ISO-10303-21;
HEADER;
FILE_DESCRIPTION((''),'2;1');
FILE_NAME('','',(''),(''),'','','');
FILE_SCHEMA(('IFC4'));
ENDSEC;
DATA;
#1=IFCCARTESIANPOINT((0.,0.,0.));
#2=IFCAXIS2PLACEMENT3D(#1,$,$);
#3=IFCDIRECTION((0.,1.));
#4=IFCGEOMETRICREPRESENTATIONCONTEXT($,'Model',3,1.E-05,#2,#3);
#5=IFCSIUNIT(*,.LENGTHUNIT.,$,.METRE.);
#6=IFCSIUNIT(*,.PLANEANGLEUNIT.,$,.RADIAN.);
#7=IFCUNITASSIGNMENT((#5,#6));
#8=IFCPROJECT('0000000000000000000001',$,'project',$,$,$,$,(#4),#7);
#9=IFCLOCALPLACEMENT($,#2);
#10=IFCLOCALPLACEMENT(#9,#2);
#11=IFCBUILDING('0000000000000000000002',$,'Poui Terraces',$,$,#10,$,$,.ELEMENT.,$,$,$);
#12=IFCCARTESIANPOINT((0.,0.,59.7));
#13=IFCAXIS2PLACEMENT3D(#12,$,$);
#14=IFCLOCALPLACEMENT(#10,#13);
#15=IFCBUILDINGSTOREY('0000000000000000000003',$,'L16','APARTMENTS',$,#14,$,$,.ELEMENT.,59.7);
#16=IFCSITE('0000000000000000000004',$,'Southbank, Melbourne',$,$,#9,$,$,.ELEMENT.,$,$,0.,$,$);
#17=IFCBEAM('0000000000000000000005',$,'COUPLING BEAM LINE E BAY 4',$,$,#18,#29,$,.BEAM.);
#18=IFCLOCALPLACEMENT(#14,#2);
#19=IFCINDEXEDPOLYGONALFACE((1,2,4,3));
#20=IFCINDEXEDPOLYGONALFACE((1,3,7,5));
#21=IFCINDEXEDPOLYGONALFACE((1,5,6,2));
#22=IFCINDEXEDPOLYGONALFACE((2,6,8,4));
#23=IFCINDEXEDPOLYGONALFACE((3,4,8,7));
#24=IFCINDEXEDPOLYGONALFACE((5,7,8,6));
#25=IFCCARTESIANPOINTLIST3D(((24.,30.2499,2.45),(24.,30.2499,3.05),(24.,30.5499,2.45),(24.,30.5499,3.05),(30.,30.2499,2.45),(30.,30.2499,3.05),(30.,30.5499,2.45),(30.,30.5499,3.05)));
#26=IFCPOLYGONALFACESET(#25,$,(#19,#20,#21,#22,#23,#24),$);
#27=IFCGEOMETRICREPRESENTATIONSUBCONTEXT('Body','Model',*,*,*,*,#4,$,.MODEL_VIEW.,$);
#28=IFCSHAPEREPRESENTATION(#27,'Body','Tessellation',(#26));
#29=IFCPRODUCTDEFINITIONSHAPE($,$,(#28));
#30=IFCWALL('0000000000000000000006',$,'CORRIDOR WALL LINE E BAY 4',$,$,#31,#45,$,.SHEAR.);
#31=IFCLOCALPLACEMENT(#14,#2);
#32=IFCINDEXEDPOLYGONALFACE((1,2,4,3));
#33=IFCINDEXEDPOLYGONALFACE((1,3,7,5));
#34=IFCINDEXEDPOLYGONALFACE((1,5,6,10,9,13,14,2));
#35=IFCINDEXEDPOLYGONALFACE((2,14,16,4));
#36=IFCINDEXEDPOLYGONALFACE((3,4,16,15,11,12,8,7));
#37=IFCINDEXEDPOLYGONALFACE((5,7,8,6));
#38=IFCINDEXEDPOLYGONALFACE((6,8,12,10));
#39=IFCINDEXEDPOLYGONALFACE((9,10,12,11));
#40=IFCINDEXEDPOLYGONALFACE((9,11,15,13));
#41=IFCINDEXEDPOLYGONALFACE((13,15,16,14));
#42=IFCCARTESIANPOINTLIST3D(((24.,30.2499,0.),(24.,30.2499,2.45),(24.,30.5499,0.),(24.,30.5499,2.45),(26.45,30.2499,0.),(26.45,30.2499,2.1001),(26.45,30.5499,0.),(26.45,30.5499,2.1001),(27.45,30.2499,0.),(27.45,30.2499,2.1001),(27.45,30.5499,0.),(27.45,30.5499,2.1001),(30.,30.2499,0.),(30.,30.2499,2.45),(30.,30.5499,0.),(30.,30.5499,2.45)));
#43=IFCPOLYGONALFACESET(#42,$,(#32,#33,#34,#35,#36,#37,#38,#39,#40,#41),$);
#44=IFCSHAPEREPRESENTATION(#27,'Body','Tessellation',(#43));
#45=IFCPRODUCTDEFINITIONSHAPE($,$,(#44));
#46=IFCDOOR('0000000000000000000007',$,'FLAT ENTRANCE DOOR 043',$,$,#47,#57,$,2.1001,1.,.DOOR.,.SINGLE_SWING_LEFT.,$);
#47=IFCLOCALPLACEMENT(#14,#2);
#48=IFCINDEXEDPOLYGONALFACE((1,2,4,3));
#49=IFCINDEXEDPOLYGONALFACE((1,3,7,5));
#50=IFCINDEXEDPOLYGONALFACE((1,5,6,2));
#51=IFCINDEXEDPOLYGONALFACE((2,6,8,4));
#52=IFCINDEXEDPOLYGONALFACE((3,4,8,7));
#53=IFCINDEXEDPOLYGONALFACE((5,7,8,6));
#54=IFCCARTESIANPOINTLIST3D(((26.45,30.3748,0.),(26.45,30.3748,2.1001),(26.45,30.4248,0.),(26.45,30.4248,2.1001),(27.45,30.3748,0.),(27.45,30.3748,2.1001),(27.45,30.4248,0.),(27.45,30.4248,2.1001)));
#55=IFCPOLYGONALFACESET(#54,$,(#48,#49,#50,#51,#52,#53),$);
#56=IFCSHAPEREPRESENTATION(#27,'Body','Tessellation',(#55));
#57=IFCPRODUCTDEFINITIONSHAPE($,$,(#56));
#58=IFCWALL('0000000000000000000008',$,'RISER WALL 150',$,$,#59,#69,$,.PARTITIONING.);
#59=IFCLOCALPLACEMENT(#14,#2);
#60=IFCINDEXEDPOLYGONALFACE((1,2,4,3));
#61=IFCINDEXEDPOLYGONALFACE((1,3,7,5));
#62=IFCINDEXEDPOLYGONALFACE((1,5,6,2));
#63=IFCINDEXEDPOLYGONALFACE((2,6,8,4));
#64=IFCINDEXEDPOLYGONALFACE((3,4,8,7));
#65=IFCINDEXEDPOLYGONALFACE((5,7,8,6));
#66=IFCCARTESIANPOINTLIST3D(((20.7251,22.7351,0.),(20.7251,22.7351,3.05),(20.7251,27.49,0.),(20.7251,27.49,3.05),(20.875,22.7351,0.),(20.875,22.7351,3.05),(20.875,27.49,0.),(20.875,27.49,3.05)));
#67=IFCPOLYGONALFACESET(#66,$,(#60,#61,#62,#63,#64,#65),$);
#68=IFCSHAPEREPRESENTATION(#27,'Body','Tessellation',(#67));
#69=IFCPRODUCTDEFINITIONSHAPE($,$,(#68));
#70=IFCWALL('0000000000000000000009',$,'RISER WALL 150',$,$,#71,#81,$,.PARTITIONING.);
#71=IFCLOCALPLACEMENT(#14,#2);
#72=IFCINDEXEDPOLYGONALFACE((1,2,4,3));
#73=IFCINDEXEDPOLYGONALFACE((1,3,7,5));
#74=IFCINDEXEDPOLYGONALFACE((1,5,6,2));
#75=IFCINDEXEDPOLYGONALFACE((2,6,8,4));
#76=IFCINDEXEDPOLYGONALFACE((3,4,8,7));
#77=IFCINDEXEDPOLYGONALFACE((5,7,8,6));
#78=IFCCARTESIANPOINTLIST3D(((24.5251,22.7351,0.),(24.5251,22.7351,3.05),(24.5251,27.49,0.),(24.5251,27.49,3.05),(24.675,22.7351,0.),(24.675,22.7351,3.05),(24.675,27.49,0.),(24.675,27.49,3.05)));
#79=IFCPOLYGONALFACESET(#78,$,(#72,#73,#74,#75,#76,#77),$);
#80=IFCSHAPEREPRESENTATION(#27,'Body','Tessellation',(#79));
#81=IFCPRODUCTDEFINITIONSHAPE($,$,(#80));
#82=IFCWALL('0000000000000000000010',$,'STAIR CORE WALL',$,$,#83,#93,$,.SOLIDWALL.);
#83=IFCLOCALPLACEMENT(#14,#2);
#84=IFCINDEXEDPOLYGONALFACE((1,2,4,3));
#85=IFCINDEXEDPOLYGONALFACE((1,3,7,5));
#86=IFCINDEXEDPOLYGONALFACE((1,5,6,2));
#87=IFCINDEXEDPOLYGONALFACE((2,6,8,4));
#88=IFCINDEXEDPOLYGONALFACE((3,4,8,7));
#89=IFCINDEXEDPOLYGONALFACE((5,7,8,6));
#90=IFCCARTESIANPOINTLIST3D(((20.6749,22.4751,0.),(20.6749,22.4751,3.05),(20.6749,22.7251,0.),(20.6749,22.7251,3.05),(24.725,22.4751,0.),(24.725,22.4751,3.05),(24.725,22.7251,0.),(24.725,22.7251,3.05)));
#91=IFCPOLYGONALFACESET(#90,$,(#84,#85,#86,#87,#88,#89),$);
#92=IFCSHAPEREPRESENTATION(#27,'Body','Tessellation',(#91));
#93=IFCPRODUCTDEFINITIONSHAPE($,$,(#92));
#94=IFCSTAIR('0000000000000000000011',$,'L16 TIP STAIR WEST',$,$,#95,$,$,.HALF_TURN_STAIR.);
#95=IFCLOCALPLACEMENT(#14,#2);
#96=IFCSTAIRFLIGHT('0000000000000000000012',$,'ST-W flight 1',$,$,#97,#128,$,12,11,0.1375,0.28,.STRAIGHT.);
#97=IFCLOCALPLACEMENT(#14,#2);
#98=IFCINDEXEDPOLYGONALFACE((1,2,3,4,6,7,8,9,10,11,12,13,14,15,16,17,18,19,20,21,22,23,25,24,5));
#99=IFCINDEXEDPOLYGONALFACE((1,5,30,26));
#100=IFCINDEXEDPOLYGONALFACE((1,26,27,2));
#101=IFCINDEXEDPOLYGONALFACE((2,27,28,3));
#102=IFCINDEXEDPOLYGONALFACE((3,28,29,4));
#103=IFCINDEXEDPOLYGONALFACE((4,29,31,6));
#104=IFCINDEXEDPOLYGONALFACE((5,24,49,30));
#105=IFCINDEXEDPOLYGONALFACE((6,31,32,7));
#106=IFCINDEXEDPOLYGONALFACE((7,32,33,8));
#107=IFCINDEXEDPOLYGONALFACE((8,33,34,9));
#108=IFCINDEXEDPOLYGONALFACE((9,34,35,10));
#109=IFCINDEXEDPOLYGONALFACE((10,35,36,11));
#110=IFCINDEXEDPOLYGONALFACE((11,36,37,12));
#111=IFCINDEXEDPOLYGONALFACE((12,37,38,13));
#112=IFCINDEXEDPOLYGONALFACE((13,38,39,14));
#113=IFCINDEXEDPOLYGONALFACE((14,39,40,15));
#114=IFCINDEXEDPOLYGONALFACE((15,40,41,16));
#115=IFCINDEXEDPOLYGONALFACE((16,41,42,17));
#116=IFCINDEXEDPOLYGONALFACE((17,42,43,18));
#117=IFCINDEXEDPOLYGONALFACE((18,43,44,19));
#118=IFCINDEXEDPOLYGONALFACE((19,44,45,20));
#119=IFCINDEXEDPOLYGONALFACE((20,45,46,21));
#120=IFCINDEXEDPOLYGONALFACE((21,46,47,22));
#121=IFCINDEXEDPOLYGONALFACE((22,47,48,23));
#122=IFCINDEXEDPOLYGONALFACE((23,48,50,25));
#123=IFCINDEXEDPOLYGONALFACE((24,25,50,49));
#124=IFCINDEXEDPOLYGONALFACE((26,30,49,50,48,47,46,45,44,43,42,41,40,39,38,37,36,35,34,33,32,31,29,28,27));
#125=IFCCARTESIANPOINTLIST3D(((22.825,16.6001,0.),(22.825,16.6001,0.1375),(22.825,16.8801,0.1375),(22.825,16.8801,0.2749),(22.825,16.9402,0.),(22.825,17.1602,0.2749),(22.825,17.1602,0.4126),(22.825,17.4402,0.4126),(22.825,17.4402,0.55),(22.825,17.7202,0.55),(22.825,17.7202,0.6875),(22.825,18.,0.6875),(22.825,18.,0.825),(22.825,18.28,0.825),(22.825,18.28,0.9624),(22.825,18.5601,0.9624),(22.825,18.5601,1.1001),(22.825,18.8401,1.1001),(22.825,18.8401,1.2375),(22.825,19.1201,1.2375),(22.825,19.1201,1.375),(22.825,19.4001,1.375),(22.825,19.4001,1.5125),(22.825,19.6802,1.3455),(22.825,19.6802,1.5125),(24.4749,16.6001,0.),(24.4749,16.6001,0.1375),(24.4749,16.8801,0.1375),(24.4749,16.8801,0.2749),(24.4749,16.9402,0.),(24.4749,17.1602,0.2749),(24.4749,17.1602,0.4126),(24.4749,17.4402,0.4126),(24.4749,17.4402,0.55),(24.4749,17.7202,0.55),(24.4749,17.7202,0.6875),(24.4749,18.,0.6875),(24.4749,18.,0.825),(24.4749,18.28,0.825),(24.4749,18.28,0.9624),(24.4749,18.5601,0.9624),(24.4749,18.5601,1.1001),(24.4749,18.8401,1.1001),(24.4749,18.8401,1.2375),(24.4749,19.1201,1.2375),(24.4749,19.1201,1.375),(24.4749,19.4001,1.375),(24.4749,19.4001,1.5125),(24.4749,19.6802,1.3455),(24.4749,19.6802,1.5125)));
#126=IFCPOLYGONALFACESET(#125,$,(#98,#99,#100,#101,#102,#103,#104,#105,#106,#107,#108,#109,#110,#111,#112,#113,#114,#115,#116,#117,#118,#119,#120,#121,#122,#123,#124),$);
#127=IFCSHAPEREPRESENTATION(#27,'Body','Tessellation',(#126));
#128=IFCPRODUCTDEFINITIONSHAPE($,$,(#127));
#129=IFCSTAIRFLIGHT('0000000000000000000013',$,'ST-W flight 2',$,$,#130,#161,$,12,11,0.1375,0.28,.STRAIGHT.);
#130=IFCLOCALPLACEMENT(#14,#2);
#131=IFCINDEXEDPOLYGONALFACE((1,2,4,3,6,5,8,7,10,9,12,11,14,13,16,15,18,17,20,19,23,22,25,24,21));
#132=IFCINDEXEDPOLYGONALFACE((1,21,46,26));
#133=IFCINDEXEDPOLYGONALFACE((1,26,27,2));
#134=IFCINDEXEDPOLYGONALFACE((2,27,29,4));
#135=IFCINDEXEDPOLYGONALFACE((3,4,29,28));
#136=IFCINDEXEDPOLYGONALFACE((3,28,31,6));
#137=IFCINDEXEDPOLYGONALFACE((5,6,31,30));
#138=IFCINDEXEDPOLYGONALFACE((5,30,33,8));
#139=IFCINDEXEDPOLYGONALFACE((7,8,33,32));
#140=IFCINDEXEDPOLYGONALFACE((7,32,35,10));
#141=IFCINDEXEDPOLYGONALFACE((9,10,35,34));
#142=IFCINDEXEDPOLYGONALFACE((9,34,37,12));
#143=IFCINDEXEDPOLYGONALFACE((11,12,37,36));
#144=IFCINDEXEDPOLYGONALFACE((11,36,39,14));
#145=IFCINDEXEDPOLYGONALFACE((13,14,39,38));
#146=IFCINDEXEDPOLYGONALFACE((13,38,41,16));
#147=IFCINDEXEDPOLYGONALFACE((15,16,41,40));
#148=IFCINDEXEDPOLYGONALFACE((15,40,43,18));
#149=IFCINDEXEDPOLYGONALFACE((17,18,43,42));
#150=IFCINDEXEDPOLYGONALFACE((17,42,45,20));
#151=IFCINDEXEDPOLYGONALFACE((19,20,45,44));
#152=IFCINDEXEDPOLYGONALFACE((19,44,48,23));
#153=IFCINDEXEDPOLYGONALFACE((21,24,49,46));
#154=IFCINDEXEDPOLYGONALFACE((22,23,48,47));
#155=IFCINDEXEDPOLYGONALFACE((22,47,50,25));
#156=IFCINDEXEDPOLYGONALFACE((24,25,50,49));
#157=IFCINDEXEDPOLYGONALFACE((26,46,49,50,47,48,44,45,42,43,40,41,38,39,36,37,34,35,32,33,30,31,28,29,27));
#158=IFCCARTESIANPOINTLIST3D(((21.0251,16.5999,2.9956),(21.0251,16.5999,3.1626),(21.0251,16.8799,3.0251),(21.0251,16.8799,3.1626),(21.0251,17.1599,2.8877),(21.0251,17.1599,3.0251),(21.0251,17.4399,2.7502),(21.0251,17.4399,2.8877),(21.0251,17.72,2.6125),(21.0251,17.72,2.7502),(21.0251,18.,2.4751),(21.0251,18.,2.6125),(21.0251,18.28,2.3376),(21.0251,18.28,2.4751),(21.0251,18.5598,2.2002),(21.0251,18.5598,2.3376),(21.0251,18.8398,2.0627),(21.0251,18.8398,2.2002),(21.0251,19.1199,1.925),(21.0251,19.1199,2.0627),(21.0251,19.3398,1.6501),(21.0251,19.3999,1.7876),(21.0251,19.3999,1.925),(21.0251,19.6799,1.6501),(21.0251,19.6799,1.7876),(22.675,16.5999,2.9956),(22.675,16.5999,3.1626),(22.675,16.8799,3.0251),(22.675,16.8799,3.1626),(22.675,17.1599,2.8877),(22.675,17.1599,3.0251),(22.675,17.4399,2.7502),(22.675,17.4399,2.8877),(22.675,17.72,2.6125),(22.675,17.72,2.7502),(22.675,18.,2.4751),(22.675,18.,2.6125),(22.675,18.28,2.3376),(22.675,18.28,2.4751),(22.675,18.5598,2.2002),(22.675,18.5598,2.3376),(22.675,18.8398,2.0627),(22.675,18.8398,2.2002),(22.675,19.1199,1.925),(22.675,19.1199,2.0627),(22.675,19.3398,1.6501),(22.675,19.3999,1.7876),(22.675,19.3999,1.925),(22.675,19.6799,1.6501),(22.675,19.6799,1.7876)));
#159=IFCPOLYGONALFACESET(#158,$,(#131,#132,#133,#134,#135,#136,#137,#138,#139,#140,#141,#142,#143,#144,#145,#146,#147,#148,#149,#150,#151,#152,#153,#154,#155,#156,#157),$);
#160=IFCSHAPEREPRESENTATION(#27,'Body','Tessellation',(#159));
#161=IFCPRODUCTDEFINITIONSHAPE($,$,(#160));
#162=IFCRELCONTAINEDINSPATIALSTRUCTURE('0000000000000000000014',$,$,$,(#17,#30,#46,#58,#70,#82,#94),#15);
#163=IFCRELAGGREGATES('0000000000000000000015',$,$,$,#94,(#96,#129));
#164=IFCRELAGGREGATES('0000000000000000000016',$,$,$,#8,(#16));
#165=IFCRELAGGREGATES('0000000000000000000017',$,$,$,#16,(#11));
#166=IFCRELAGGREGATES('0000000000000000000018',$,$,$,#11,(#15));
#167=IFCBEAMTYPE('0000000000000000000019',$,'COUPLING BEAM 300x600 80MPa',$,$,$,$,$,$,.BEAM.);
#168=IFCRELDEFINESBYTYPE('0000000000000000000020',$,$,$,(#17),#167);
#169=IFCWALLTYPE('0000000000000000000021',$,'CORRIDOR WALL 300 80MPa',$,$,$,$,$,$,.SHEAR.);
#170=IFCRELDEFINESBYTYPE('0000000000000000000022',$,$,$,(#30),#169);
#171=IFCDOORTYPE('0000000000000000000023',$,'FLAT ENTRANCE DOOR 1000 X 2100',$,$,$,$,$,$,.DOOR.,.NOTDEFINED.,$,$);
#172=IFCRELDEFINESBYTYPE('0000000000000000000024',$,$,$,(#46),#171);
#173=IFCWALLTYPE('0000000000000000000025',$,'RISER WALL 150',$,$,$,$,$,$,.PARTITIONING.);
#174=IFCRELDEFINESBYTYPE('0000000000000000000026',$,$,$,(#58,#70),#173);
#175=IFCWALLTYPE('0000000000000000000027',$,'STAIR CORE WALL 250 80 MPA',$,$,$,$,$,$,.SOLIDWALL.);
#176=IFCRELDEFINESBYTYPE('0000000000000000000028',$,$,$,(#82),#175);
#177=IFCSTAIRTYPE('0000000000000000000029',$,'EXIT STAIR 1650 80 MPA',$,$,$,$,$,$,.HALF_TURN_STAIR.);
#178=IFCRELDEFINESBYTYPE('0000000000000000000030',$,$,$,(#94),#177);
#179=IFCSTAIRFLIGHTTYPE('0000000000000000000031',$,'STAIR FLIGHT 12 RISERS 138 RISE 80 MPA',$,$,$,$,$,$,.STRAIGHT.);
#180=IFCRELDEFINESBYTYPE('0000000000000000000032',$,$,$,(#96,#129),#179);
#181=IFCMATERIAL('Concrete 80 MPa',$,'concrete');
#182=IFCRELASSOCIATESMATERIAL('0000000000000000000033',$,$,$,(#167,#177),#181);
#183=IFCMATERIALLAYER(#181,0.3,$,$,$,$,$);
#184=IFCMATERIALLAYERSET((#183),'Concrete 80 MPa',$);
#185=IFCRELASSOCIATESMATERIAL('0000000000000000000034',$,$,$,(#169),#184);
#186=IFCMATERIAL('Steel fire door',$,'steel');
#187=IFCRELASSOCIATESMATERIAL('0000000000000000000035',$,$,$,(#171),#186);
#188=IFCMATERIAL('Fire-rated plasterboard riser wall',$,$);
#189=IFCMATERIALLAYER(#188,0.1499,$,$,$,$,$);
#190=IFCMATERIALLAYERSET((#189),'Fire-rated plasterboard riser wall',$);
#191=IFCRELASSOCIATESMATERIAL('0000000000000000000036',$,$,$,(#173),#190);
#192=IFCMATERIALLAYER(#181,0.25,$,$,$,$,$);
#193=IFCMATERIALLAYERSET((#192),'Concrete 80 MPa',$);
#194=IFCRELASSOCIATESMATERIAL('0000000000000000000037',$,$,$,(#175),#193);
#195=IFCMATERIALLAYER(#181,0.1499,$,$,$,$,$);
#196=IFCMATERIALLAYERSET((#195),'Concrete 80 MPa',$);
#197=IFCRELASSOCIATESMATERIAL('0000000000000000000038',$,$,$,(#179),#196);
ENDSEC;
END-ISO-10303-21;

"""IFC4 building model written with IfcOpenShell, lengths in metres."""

from ifc_helpers import new_model, si_unit, direction, frame, frame_2d, origin, origin_2d, place, context, subcontext, project, spatial, polyline, rectangle, outline, extrude, source, transform, mapped, material, layer, layer_set, material_profile, profile_set, type_object, element, fill, aggregate, save


model = new_model("IFC4")

# Units and contexts
model_context = context("Model", 3, precision=1e-05, world=origin(), true_north=direction((0.0, 1.0)))
body_context = subcontext(model_context, "Body", "Model", "MODEL_VIEW")
ifc_project = project(units=[si_unit("LENGTHUNIT", "METRE"), si_unit("PLANEANGLEUNIT", "RADIAN")], contexts=[model_context])

# Site, building, storey
site_placement = place(None, origin())
site = spatial("IfcSite", under=ifc_project, at=site_placement, Name="Southbank, Melbourne", CompositionType="ELEMENT", RefElevation=0.0)
building_placement = place(site_placement, origin())
building = spatial("IfcBuilding", under=site, at=building_placement, Name="Poui Terraces", CompositionType="ELEMENT")
storey_placement = place(building_placement, frame((0.0, 0.0, 59.7)))
storey = spatial("IfcBuildingStorey", under=building, at=storey_placement, Name="L16", Description="APARTMENTS", CompositionType="ELEMENT", Elevation=59.7)

# Beam
ifc_material_1 = material(Name="Concrete 80 MPa", Category="concrete")
ifc_material_profile = material_profile(ifc_material_1, rectangle(XDim=0.3, YDim=0.6001, at=origin_2d()), Name="RC 300x600")
ifc_profile_set = profile_set([ifc_material_profile], Name="Concrete 80 MPa")
beam_type = type_object("IfcBeamType", Name="COUPLING BEAM 300x600 80MPa", PredefinedType="BEAM", material=ifc_profile_set)
shared_shape = source(origin(), body_context, "Body", "SweptSolid", [
    extrude(rectangle(XDim=0.3, YDim=0.6001, at=origin_2d()), origin(), (0.0, 0.0, 1.0), 6.0),
])
beam_placement = place(storey_placement, frame((24.0, 30.3999, 2.75), z_axis=(1.0, 0.0, 0.0), x_axis=(0.0, 1.0, 0.0)))
element("IfcBeam", 1, at=beam_placement, inside=storey, type_object=beam_type, Name="COUPLING BEAM LINE E BAY 4", PredefinedType="BEAM", context=body_context, shape_type="MappedRepresentation", body=[
    mapped(shared_shape, transform((0.0, 0.0, 0.0))),
])

# Wall, opening, door
ifc_layer_1 = layer(ifc_material_1, 0.3)
ifc_layer_set_1 = layer_set([ifc_layer_1], Name="Concrete 80 MPa")
wall_type_1 = type_object("IfcWallType", Name="CORRIDOR WALL 300 80MPa", PredefinedType="SHEAR", material=ifc_layer_set_1)
wall_1_placement = place(storey_placement, frame((24.0, 30.3999, 0.0), z_axis=(0.0, 0.0, 1.0), x_axis=(1.0, 0.0, 0.0)))
wall_1 = element("IfcWall", 2, at=wall_1_placement, inside=storey, type_object=wall_type_1, Name="CORRIDOR WALL LINE E BAY 4", PredefinedType="SHEAR", context=body_context, shape_type="SweptSolid", body=[
    extrude(rectangle(XDim=6.0, YDim=0.3, at=frame_2d((3.0, 0.0))), origin(), (0.0, 0.0, 1.0), 2.45),
])
opening_placement = place(wall_1_placement, frame((2.45, 0.0, 0.0)))
opening = element("IfcOpeningElement", 3, at=opening_placement, cuts=wall_1, PredefinedType="OPENING", context=body_context, shape_type="SweptSolid", body=[
    extrude(rectangle(XDim=1.0, YDim=2.1001, at=frame_2d((0.5, 1.05))), frame((0.0, 0.1602, 0.0), z_axis=(0.0, -1.0, 0.0), x_axis=(1.0, 0.0, 0.0)), (0.0, 0.0, 1.0), 0.3201),
])
ifc_material_2 = material(Name="Steel fire door", Category="steel")
door_type = type_object("IfcDoorType", Name="FLAT ENTRANCE DOOR 1000 X 2100", OperationType="NOTDEFINED", PredefinedType="DOOR", material=ifc_material_2)
door_placement = place(opening_placement, origin())
door = element("IfcDoor", 4, at=door_placement, inside=storey, type_object=door_type, Name="FLAT ENTRANCE DOOR 043", OperationType="SINGLE_SWING_LEFT", OverallHeight=2.1001, OverallWidth=1.0, PredefinedType="DOOR", context=body_context, shape_type="SweptSolid", body=[
    extrude(rectangle(XDim=1.0, YDim=2.1001, at=frame_2d((0.5, 1.05))), frame((0.0, 0.0249, 0.0), z_axis=(0.0, -1.0, 0.0), x_axis=(1.0, 0.0, 0.0)), (0.0, 0.0, 1.0), 0.05),
])
fill(opening, door)

# Walls
ifc_material_3 = material(Name="Fire-rated plasterboard riser wall")
ifc_layer_2 = layer(ifc_material_3, 0.1499)
ifc_layer_set_2 = layer_set([ifc_layer_2], Name="Fire-rated plasterboard riser wall")
wall_type_2 = type_object("IfcWallType", Name="RISER WALL 150", PredefinedType="PARTITIONING", material=ifc_layer_set_2)
for number, where, z_axis, x_axis, name in (
    (5, (20.8, 22.7351, 0.0), (0.0, 0.0, 1.0), (0.0, 1.0, 0.0), "RISER WALL 150"),
    (6, (24.6001, 22.7351, 0.0), (0.0, 0.0, 1.0), (0.0, 1.0, 0.0), "RISER WALL 150"),
):
    element("IfcWall", number, at=place(storey_placement, frame(where, z_axis=z_axis, x_axis=x_axis)), inside=storey, type_object=wall_type_2, Name=name, PredefinedType="PARTITIONING", context=body_context, shape_type="SweptSolid", body=[
        extrude(rectangle(XDim=4.7549, YDim=0.1499, at=frame_2d((2.3774, 0.0))), origin(), (0.0, 0.0, 1.0), 3.05),
    ])
ifc_layer_3 = layer(ifc_material_1, 0.25)
ifc_layer_set_3 = layer_set([ifc_layer_3], Name="Concrete 80 MPa")
wall_type_3 = type_object("IfcWallType", Name="STAIR CORE WALL 250 80 MPA", PredefinedType="SOLIDWALL", material=ifc_layer_set_3)
wall_2_placement = place(storey_placement, frame((20.675, 22.6001, 0.0), z_axis=(0.0, 0.0, 1.0), x_axis=(1.0, 0.0, 0.0)))
element("IfcWall", 7, at=wall_2_placement, inside=storey, type_object=wall_type_3, Name="STAIR CORE WALL", PredefinedType="SOLIDWALL", context=body_context, shape_type="SweptSolid", body=[
    extrude(rectangle(XDim=4.05, YDim=0.25, at=frame_2d((2.0249, 0.0))), origin(), (0.0, 0.0, 1.0), 3.05),
])

# Stair, stair flights
stair_type = type_object("IfcStairType", Name="EXIT STAIR 1650 80 MPA", PredefinedType="HALF_TURN_STAIR", material=ifc_material_1)
stair_placement = place(storey_placement, origin())
stair = element("IfcStair", 8, at=stair_placement, inside=storey, type_object=stair_type, Name="L16 TIP STAIR WEST", PredefinedType="HALF_TURN_STAIR")
ifc_layer_4 = layer(ifc_material_1, 0.1499)
ifc_layer_set_4 = layer_set([ifc_layer_4], Name="Concrete 80 MPa")
stair_flight_type = type_object("IfcStairFlightType", Name="STAIR FLIGHT 12 RISERS 138 RISE 80 MPA", PredefinedType="STRAIGHT", material=ifc_layer_set_4)
stair_flight_1_placement = place(storey_placement, frame((23.6499, 16.6001, 0.0), z_axis=(0.0, 0.0, 1.0), x_axis=(0.0, 1.0, 0.0)))
stair_flight_1 = element("IfcStairFlight", 9, at=stair_flight_1_placement, type_object=stair_flight_type, Name="ST-W flight 1", NumberOfRisers=12, NumberOfTreads=11, PredefinedType="STRAIGHT", RiserHeight=0.1375, TreadLength=0.28, context=body_context, shape_type="SweptSolid", body=[
    extrude(outline(polyline([(0.0, 0.0), (0.0, 0.1375), (0.28, 0.1375), (0.28, 0.2749), (0.5601, 0.2749), (0.5601, 0.4126), (0.8401, 0.4126), (0.8401, 0.55), (1.1201, 0.55), (1.1201, 0.6875), (1.3999, 0.6875), (1.3999, 0.825), (1.6799, 0.825), (1.6799, 0.9624), (1.96, 0.9624), (1.96, 1.1001), (2.24, 1.1001), (2.24, 1.2375), (2.52, 1.2375), (2.52, 1.375), (2.8, 1.375), (2.8, 1.5125), (3.0801, 1.5125), (3.0801, 1.6499), (3.0801, 1.3455), (0.3401, 0.0), (0.0, 0.0)])), frame((0.0, 0.825, 0.0), z_axis=(0.0, -1.0, 0.0), x_axis=(1.0, 0.0, 0.0)), (0.0, 0.0, 1.0), 1.6499),
])
stair_flight_2_placement = place(storey_placement, frame((21.8501, 19.6799, 1.6501), z_axis=(0.0, 0.0, 1.0), x_axis=(0.0, -1.0, 0.0)))
stair_flight_2 = element("IfcStairFlight", 10, at=stair_flight_2_placement, type_object=stair_flight_type, Name="ST-W flight 2", NumberOfRisers=12, NumberOfTreads=11, PredefinedType="STRAIGHT", RiserHeight=0.1375, TreadLength=0.28, context=body_context, shape_type="SweptSolid", body=[
    extrude(outline(polyline([(0.0, 0.0), (0.0, 0.1375), (0.28, 0.1375), (0.28, 0.2749), (0.5601, 0.2749), (0.5601, 0.4126), (0.8401, 0.4126), (0.8401, 0.55), (1.1201, 0.55), (1.1201, 0.6875), (1.3999, 0.6875), (1.3999, 0.825), (1.6799, 0.825), (1.6799, 0.9624), (1.96, 0.9624), (1.96, 1.1001), (2.24, 1.1001), (2.24, 1.2375), (2.52, 1.2375), (2.52, 1.375), (2.8, 1.375), (2.8, 1.5125), (3.0801, 1.5125), (3.0801, 1.6499), (3.0801, 1.3455), (0.3401, 0.0), (0.0, 0.0)])), frame((0.0, 0.825, 0.0), z_axis=(0.0, -1.0, 0.0), x_axis=(1.0, 0.0, 0.0)), (0.0, 0.0, 1.0), 1.6499),
])
aggregate(stair, [stair_flight_1, stair_flight_2])

save(model, "model.ifc")
